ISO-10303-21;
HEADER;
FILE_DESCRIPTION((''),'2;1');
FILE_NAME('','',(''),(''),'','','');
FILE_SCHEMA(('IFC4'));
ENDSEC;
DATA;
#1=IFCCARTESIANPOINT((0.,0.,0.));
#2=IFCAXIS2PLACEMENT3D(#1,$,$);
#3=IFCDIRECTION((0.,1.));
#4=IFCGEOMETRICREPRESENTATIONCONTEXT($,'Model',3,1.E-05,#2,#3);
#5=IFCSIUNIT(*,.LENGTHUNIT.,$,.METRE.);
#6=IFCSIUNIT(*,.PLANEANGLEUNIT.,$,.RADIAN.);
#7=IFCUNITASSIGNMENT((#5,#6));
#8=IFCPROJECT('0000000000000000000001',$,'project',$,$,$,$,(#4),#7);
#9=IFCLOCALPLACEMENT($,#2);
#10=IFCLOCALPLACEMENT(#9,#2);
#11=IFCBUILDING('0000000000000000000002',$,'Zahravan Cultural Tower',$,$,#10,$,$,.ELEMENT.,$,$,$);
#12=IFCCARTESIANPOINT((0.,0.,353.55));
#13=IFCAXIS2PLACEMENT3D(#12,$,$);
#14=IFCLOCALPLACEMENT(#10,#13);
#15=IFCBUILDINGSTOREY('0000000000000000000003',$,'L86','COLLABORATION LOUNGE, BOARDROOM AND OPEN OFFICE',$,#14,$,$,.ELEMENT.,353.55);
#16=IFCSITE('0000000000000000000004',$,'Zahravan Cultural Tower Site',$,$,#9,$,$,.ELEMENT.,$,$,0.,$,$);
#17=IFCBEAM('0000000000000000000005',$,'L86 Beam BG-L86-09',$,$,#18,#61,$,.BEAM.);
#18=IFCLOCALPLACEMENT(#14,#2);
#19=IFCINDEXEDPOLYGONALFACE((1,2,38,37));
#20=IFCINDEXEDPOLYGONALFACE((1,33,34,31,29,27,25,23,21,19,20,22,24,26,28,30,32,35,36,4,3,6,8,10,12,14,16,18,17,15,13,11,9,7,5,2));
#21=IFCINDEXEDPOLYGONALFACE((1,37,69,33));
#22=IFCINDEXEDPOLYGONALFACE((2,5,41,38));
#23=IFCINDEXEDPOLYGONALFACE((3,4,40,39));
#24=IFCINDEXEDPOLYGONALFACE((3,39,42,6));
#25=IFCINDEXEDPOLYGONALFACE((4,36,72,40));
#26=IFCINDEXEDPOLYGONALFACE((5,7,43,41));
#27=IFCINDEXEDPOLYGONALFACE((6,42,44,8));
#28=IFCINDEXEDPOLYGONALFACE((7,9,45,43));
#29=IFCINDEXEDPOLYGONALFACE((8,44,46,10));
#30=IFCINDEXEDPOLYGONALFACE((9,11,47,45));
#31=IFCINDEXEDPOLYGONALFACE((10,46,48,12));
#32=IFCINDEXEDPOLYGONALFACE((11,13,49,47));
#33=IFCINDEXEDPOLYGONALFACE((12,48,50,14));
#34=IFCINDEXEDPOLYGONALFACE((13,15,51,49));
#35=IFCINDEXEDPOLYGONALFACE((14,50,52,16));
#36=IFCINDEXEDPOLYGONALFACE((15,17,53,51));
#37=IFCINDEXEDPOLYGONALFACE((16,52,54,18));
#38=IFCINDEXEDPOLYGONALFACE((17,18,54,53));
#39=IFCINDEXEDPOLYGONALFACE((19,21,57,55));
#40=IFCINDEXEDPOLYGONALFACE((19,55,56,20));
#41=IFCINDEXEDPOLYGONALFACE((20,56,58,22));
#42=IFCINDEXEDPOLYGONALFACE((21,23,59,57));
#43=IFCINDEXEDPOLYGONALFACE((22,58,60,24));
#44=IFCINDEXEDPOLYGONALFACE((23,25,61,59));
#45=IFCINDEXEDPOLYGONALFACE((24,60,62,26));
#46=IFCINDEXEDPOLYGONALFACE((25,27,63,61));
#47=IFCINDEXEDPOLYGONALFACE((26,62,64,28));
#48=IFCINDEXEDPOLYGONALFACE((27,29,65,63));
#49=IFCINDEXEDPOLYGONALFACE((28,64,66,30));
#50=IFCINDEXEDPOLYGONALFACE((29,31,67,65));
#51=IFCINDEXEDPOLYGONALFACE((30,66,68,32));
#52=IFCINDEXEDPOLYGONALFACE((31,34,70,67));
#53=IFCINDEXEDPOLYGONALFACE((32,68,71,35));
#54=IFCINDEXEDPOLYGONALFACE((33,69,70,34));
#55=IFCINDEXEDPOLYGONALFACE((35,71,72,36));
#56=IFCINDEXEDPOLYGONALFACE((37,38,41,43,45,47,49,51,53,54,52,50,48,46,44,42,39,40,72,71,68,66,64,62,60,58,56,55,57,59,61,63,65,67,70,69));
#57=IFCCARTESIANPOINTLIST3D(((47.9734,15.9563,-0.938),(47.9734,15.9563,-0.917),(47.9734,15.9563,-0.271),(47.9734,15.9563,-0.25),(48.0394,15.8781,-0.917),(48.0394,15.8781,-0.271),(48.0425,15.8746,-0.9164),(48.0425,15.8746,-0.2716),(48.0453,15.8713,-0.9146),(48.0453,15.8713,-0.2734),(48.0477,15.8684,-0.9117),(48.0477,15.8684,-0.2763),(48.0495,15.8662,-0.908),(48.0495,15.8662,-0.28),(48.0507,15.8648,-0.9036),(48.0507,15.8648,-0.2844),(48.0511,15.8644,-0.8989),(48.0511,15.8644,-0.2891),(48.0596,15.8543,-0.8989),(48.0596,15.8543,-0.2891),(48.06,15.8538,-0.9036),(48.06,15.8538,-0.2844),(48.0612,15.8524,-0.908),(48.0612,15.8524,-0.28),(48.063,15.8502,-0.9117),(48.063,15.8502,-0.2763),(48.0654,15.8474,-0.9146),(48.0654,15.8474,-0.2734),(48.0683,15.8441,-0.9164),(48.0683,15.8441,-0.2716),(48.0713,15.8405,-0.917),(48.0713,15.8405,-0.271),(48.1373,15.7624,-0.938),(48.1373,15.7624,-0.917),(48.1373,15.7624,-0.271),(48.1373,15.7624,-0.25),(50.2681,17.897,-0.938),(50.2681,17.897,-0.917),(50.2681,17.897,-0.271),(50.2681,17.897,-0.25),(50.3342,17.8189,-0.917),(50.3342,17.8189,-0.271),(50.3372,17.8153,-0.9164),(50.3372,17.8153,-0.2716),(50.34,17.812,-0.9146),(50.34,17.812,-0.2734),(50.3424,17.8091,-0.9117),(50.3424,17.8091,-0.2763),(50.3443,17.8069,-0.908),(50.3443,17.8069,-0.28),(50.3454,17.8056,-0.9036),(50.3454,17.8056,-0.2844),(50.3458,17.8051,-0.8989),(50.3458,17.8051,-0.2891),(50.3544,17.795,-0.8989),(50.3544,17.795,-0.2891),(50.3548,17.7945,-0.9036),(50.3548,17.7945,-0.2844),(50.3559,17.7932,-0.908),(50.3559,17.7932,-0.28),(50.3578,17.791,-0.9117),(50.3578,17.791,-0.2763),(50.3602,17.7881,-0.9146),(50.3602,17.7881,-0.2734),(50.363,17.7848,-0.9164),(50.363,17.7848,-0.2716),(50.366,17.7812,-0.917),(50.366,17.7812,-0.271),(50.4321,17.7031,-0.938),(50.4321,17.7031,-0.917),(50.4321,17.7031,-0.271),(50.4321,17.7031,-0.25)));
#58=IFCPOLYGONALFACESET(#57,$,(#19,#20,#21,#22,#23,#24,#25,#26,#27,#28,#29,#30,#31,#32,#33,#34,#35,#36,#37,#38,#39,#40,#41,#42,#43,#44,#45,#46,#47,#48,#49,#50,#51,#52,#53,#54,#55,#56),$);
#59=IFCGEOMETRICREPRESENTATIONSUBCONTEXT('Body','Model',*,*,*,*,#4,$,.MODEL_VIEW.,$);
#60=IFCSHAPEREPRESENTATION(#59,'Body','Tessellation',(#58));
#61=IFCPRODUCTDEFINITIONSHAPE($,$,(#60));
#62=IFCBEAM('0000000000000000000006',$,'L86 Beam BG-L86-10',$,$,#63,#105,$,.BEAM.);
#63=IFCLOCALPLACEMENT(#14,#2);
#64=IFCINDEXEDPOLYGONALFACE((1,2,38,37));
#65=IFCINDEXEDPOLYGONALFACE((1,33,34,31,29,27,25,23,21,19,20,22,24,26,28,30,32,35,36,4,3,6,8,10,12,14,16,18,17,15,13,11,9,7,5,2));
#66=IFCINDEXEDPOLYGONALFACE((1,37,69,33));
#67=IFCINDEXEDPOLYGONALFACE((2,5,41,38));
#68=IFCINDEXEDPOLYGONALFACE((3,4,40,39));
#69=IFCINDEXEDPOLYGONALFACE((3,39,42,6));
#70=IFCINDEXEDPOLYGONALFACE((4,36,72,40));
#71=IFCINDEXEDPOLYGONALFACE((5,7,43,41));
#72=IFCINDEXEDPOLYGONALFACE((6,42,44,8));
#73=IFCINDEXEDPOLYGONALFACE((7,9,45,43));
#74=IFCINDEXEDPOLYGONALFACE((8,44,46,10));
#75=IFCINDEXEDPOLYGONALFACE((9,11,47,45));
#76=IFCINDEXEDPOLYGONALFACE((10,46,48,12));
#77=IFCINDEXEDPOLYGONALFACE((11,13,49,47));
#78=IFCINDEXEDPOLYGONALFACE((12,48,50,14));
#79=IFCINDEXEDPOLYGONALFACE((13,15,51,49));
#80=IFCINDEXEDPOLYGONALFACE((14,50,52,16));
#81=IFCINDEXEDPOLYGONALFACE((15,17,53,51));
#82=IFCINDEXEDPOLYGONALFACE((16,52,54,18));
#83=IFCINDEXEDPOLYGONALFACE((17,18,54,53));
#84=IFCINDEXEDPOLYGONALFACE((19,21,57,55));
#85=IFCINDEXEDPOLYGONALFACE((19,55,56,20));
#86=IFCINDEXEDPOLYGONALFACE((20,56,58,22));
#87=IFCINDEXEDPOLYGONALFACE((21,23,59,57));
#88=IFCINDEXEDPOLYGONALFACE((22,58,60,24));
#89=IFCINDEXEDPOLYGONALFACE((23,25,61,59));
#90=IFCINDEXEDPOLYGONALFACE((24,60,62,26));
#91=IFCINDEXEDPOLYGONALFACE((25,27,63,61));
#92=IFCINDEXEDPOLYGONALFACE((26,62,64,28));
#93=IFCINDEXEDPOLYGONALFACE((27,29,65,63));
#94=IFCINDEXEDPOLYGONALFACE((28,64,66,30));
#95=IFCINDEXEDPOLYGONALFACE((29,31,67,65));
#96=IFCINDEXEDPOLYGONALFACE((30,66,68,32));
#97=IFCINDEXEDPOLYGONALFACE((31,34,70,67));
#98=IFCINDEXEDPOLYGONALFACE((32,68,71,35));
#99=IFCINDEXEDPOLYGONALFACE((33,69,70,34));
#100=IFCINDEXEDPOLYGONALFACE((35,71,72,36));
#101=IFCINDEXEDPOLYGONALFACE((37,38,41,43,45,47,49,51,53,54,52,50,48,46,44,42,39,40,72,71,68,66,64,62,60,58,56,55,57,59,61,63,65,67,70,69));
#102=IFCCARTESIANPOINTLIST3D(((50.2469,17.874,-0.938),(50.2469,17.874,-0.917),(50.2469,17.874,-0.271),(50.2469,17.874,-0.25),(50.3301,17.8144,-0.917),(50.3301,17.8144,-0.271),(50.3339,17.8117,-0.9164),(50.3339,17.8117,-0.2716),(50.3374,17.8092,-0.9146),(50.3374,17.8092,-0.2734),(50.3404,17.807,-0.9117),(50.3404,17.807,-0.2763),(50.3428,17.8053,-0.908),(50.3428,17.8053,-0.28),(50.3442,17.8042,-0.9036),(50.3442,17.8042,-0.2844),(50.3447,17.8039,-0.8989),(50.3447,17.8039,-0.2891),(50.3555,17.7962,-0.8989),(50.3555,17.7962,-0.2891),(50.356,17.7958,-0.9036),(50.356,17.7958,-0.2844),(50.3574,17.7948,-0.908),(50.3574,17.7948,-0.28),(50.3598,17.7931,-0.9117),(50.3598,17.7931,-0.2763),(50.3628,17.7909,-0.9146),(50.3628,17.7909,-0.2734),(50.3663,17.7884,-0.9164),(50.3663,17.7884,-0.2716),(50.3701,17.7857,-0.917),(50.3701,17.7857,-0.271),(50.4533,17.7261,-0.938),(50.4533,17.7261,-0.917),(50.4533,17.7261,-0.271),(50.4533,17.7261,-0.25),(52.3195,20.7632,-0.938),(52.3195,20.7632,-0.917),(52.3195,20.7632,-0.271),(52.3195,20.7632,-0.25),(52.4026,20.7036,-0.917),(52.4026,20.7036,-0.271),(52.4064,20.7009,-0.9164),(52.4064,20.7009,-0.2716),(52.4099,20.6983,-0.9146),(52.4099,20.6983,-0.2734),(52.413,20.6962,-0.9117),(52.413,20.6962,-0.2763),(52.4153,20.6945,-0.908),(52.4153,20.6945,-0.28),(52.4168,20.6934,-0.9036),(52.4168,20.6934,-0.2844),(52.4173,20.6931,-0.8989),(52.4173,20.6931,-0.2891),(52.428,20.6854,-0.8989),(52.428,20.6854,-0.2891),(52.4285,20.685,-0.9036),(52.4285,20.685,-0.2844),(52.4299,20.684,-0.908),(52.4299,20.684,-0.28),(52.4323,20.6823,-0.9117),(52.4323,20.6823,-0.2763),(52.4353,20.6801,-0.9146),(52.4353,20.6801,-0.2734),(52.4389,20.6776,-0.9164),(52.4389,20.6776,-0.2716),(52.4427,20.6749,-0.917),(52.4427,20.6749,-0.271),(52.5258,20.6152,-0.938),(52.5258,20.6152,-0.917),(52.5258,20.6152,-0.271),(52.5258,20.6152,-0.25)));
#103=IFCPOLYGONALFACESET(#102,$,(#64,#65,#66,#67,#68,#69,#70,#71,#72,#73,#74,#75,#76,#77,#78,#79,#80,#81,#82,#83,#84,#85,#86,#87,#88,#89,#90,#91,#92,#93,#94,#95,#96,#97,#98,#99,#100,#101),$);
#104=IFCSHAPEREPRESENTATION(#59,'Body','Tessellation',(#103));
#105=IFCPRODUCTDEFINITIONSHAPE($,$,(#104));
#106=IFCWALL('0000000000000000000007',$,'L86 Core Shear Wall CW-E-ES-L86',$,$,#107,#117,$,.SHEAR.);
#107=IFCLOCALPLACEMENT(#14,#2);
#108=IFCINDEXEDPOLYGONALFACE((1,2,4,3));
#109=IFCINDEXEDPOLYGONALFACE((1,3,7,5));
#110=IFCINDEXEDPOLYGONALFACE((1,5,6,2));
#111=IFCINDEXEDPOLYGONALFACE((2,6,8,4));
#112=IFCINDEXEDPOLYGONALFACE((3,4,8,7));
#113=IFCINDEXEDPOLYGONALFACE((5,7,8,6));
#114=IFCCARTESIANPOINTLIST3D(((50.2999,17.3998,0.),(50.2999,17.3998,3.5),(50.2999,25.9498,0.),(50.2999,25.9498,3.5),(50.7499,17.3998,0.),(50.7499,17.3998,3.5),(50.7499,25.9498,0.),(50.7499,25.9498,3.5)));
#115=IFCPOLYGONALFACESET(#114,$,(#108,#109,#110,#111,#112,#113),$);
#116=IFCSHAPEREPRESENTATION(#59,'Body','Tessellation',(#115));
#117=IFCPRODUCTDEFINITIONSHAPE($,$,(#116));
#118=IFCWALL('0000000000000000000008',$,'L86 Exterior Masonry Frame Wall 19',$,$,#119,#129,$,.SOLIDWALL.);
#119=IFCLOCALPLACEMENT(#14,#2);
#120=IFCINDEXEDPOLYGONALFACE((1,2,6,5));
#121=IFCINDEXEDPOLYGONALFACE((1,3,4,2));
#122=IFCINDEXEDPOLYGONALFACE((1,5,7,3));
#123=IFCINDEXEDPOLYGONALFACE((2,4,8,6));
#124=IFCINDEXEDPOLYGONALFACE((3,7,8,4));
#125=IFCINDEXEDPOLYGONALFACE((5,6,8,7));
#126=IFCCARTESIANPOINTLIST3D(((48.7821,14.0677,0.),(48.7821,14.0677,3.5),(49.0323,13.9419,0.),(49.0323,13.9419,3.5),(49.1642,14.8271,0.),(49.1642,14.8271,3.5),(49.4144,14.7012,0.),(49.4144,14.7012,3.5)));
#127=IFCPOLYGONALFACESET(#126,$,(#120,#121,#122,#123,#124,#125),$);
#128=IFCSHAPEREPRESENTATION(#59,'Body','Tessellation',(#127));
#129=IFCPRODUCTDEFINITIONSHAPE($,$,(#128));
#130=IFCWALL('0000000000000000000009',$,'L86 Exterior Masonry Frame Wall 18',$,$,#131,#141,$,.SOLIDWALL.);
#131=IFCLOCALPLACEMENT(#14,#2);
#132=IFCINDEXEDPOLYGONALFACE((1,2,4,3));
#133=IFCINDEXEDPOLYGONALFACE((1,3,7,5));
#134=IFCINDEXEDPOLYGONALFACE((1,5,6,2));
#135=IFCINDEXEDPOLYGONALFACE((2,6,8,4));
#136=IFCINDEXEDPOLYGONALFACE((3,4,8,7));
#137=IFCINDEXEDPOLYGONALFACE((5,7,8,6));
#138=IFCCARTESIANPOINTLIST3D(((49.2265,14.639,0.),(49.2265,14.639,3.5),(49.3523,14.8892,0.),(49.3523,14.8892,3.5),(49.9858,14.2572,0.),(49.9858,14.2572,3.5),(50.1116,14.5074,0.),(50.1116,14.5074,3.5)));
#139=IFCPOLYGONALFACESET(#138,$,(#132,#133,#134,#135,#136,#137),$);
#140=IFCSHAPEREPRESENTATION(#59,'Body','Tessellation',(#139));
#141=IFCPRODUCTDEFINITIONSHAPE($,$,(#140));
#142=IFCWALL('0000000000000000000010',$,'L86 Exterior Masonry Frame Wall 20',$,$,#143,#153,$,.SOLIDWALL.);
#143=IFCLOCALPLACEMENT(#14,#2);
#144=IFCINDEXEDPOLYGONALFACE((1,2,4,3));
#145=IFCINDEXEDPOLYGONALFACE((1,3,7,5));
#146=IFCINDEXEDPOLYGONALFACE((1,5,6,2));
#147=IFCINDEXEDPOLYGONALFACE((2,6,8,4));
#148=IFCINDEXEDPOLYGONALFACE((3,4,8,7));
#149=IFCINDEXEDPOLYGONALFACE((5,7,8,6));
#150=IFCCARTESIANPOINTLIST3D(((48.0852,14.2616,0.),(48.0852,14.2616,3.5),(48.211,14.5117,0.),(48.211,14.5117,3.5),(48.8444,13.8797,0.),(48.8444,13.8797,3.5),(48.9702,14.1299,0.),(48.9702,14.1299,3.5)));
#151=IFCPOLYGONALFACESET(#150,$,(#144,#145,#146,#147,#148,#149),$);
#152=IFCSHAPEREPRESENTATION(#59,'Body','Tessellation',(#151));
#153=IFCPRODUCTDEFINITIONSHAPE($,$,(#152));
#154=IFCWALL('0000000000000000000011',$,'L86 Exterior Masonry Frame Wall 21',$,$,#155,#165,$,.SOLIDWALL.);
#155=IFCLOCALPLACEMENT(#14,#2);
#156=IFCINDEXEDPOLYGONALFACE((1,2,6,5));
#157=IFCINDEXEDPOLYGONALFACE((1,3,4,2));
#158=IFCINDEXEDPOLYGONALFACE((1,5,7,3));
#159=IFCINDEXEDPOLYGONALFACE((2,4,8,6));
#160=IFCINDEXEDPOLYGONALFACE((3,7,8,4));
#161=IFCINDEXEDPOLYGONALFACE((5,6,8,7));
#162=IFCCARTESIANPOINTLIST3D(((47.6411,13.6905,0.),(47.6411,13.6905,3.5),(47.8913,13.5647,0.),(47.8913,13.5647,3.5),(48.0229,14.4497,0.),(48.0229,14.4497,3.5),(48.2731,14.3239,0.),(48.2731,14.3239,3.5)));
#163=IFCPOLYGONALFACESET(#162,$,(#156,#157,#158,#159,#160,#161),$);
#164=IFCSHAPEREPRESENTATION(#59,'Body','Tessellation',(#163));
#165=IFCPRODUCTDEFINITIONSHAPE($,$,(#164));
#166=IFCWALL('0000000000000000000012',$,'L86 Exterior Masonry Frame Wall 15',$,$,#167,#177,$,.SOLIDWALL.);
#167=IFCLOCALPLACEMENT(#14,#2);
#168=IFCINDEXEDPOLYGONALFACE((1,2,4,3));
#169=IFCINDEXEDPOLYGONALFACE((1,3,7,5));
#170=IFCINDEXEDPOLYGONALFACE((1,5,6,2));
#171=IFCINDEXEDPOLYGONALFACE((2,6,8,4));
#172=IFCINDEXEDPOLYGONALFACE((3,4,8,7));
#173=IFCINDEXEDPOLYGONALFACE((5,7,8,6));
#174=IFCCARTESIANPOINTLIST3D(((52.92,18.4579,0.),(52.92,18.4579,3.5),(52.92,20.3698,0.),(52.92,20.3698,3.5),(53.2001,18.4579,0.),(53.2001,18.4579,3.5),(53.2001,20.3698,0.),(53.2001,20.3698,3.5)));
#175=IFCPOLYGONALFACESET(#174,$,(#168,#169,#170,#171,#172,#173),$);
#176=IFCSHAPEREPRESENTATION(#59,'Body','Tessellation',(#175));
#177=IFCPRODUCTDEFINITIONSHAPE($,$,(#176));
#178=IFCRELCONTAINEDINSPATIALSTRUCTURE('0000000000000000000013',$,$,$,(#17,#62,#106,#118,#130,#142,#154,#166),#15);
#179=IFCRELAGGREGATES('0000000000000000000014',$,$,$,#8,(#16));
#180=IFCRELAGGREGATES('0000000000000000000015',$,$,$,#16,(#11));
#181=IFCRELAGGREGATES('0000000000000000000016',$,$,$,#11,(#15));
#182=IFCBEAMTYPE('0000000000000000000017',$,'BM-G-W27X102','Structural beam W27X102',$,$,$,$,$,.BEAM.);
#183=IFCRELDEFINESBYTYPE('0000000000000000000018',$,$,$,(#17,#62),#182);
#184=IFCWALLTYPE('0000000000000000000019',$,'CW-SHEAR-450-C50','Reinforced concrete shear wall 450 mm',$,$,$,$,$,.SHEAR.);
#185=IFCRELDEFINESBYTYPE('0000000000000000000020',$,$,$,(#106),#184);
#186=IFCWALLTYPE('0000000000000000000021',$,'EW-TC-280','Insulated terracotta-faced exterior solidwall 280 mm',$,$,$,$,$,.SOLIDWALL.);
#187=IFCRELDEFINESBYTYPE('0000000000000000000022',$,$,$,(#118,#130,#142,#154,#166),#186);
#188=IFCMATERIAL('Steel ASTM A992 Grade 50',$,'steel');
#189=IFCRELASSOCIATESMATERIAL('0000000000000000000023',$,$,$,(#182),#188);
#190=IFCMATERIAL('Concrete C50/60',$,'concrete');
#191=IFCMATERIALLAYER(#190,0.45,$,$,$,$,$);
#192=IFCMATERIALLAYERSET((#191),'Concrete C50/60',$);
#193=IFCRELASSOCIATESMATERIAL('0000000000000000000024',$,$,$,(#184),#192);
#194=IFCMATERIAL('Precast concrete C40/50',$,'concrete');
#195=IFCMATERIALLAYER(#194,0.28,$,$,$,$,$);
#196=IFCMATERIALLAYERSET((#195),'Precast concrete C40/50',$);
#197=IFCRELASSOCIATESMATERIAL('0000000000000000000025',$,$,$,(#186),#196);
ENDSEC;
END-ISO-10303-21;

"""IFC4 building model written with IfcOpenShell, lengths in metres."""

from ifc_helpers import new_model, si_unit, direction, frame, frame_2d, origin, origin_2d, place, context, subcontext, project, spatial, rectangle, i_section, extrude, source, transform, mapped, material, layer, layer_set, material_profile, profile_set, type_object, element, save


model = new_model("IFC4")

# Units and contexts
model_context = context("Model", 3, precision=1e-05, world=origin(), true_north=direction((0.0, 1.0)))
body_context = subcontext(model_context, "Body", "Model", "MODEL_VIEW")
ifc_project = project(units=[si_unit("LENGTHUNIT", "METRE"), si_unit("PLANEANGLEUNIT", "RADIAN")], contexts=[model_context])

# Site, building, storey
site_placement = place(None, origin())
site = spatial("IfcSite", under=ifc_project, at=site_placement, Name="Zahravan Cultural Tower Site", CompositionType="ELEMENT", RefElevation=0.0)
building_placement = place(site_placement, origin())
building = spatial("IfcBuilding", under=site, at=building_placement, Name="Zahravan Cultural Tower", CompositionType="ELEMENT")
storey_placement = place(building_placement, frame((0.0, 0.0, 353.55)))
storey = spatial("IfcBuildingStorey", under=building, at=storey_placement, Name="L86", Description="COLLABORATION LOUNGE, BOARDROOM AND OPEN OFFICE", CompositionType="ELEMENT", Elevation=353.55)

# Shared definitions
ifc_material_1 = material(Name="Concrete C50/60", Category="concrete")
ifc_material_2 = material(Name="Steel ASTM A992 Grade 50", Category="steel")

# Beams
ifc_material_profile_1 = material_profile(ifc_material_2, i_section(OverallWidth=0.2539, OverallDepth=0.688, WebThickness=0.0132, FlangeThickness=0.021, FilletRadius=0.0181, at=origin_2d()), Name="W27X102")
ifc_profile_set_1 = profile_set([ifc_material_profile_1], Name="Steel ASTM A992 Grade 50")
beam_type_1 = type_object("IfcBeamType", Name="BM-G-W27X102", Description="Structural beam W27X102", PredefinedType="BEAM", material=ifc_profile_set_1)
shared_shape_1 = source(origin(), body_context, "Body", "SweptSolid", [
    extrude(i_section(OverallWidth=0.2539, OverallDepth=0.688, WebThickness=0.0132, FlangeThickness=0.021, FilletRadius=0.0181, at=origin_2d()), origin(), (0.0, 0.0, 1.0), 3.0054),
])
beam_1_placement = place(storey_placement, frame((50.3501, 17.8, -0.594), z_axis=(-0.763546, -0.645753, 0.0), x_axis=(0.645753, -0.763546, 0.0)))
element("IfcBeam", 1, at=beam_1_placement, inside=storey, type_object=beam_type_1, Name="L86 Beam BG-L86-09", PredefinedType="BEAM", context=body_context, shape_type="MappedRepresentation", body=[
    mapped(shared_shape_1, transform((0.0, 0.0, 0.0), x_axis=(1.0, 0.0, 0.0), y_axis=(0.0, 1.0, 0.0), z_axis=(0.0, 0.0, 1.0), scale=1.0)),
])
shared_shape_2 = source(origin(), body_context, "Body", "SweptSolid", [
    extrude(i_section(OverallWidth=0.2539, OverallDepth=0.688, WebThickness=0.0132, FlangeThickness=0.021, FilletRadius=0.0181, at=origin_2d()), origin(), (0.0, 0.0, 1.0), 3.5557),
])
beam_2_placement = place(storey_placement, frame((50.3501, 17.8, -0.594), z_axis=(0.58288, 0.812558, 0.0), x_axis=(-0.812558, 0.58288, 0.0)))
element("IfcBeam", 2, at=beam_2_placement, inside=storey, type_object=beam_type_1, Name="L86 Beam BG-L86-10", PredefinedType="BEAM", context=body_context, shape_type="MappedRepresentation", body=[
    mapped(shared_shape_2, transform((0.0, 0.0, 0.0), x_axis=(1.0, 0.0, 0.0), y_axis=(0.0, 1.0, 0.0), z_axis=(0.0, 0.0, 1.0), scale=1.0)),
])

# Walls
ifc_layer_1 = layer(ifc_material_1, 0.45)
ifc_layer_set_1 = layer_set([ifc_layer_1], Name="Concrete C50/60")
wall_type_1 = type_object("IfcWallType", Name="CW-SHEAR-450-C50", Description="Reinforced concrete shear wall 450 mm", PredefinedType="SHEAR", material=ifc_layer_set_1)
shared_shape_3 = source(origin(), body_context, "Body", "SweptSolid", [
    extrude(rectangle(XDim=8.55, YDim=0.45, at=frame_2d((4.2749, 0.0))), origin(), (0.0, 0.0, 1.0), 3.5),
])
wall_1_placement = place(storey_placement, frame((50.5249, 17.3999, 0.0), z_axis=(0.0, 0.0, 1.0), x_axis=(0.0, 1.0, 0.0)))
element("IfcWall", 3, at=wall_1_placement, inside=storey, type_object=wall_type_1, Name="L86 Core Shear Wall CW-E-ES-L86", PredefinedType="SHEAR", context=body_context, shape_type="MappedRepresentation", body=[
    mapped(shared_shape_3, transform((0.0, 0.0, 0.0), x_axis=(1.0, 0.0, 0.0), y_axis=(0.0, 1.0, 0.0), z_axis=(0.0, 0.0, 1.0), scale=1.0)),
])
ifc_material_3 = material(Name="Precast concrete C40/50", Category="concrete")
ifc_layer_2 = layer(ifc_material_3, 0.28)
ifc_layer_set_2 = layer_set([ifc_layer_2], Name="Precast concrete C40/50")
wall_type_2 = type_object("IfcWallType", Name="EW-TC-280", Description="Insulated terracotta-faced exterior solidwall 280 mm", PredefinedType="SOLIDWALL", material=ifc_layer_set_2)
shared_shape_4 = source(origin(), body_context, "Body", "SweptSolid", [
    extrude(rectangle(XDim=0.8501, YDim=0.28, at=frame_2d((0.425, 0.0))), origin(), (0.0, 0.0, 1.0), 3.5),
])
wall_2_placement = place(storey_placement, frame((49.2893, 14.7642, 0.0), z_axis=(0.0, 0.0, 1.0), x_axis=(-0.44951, -0.893275, 0.0)))
element("IfcWall", 4, at=wall_2_placement, inside=storey, type_object=wall_type_2, Name="L86 Exterior Masonry Frame Wall 19", PredefinedType="SOLIDWALL", context=body_context, shape_type="MappedRepresentation", body=[
    mapped(shared_shape_4, transform((0.0, 0.0, 0.0), x_axis=(1.0, 0.0, 0.0), y_axis=(0.0, 1.0, 0.0), z_axis=(0.0, 0.0, 1.0), scale=1.0)),
])
shared_shape_5 = source(origin(), body_context, "Body", "SweptSolid", [
    extrude(rectangle(XDim=0.8499, YDim=0.28, at=frame_2d((0.4248, 0.0))), origin(), (0.0, 0.0, 1.0), 3.5),
])
for number, where, z_axis, x_axis, name in (
    (5, (50.0486, 14.3823, 0.0), (0.0, 0.0, 1.0), (-0.893391, 0.449281, 0.0), "L86 Exterior Masonry Frame Wall 18"),
    (6, (48.9072, 14.0049, 0.0), (0.0, 0.0, 1.0), (-0.893391, 0.449281, 0.0), "L86 Exterior Masonry Frame Wall 20"),
    (7, (48.1479, 14.3867, 0.0), (0.0, 0.0, 1.0), (-0.449281, -0.893391, 0.0), "L86 Exterior Masonry Frame Wall 21"),
):
    element("IfcWall", number, at=place(storey_placement, frame(where, z_axis=z_axis, x_axis=x_axis)), inside=storey, type_object=wall_type_2, Name=name, PredefinedType="SOLIDWALL", context=body_context, shape_type="MappedRepresentation", body=[
        mapped(shared_shape_5, transform((0.0, 0.0, 0.0), x_axis=(1.0, 0.0, 0.0), y_axis=(0.0, 1.0, 0.0), z_axis=(0.0, 0.0, 1.0), scale=1.0)),
    ])
shared_shape_6 = source(origin(), body_context, "Body", "SweptSolid", [
    extrude(rectangle(XDim=1.9119, YDim=0.28, at=frame_2d((0.9561, 0.0))), origin(), (0.0, 0.0, 1.0), 3.5),
])
wall_3_placement = place(storey_placement, frame((53.0601, 20.3699, 0.0), z_axis=(0.0, 0.0, 1.0), x_axis=(0.0, -1.0, 0.0)))
element("IfcWall", 8, at=wall_3_placement, inside=storey, type_object=wall_type_2, Name="L86 Exterior Masonry Frame Wall 15", PredefinedType="SOLIDWALL", context=body_context, shape_type="MappedRepresentation", body=[
    mapped(shared_shape_6, transform((0.0, 0.0, 0.0), x_axis=(1.0, 0.0, 0.0), y_axis=(0.0, 1.0, 0.0), z_axis=(0.0, 0.0, 1.0), scale=1.0)),
])

save(model, "model.ifc")
